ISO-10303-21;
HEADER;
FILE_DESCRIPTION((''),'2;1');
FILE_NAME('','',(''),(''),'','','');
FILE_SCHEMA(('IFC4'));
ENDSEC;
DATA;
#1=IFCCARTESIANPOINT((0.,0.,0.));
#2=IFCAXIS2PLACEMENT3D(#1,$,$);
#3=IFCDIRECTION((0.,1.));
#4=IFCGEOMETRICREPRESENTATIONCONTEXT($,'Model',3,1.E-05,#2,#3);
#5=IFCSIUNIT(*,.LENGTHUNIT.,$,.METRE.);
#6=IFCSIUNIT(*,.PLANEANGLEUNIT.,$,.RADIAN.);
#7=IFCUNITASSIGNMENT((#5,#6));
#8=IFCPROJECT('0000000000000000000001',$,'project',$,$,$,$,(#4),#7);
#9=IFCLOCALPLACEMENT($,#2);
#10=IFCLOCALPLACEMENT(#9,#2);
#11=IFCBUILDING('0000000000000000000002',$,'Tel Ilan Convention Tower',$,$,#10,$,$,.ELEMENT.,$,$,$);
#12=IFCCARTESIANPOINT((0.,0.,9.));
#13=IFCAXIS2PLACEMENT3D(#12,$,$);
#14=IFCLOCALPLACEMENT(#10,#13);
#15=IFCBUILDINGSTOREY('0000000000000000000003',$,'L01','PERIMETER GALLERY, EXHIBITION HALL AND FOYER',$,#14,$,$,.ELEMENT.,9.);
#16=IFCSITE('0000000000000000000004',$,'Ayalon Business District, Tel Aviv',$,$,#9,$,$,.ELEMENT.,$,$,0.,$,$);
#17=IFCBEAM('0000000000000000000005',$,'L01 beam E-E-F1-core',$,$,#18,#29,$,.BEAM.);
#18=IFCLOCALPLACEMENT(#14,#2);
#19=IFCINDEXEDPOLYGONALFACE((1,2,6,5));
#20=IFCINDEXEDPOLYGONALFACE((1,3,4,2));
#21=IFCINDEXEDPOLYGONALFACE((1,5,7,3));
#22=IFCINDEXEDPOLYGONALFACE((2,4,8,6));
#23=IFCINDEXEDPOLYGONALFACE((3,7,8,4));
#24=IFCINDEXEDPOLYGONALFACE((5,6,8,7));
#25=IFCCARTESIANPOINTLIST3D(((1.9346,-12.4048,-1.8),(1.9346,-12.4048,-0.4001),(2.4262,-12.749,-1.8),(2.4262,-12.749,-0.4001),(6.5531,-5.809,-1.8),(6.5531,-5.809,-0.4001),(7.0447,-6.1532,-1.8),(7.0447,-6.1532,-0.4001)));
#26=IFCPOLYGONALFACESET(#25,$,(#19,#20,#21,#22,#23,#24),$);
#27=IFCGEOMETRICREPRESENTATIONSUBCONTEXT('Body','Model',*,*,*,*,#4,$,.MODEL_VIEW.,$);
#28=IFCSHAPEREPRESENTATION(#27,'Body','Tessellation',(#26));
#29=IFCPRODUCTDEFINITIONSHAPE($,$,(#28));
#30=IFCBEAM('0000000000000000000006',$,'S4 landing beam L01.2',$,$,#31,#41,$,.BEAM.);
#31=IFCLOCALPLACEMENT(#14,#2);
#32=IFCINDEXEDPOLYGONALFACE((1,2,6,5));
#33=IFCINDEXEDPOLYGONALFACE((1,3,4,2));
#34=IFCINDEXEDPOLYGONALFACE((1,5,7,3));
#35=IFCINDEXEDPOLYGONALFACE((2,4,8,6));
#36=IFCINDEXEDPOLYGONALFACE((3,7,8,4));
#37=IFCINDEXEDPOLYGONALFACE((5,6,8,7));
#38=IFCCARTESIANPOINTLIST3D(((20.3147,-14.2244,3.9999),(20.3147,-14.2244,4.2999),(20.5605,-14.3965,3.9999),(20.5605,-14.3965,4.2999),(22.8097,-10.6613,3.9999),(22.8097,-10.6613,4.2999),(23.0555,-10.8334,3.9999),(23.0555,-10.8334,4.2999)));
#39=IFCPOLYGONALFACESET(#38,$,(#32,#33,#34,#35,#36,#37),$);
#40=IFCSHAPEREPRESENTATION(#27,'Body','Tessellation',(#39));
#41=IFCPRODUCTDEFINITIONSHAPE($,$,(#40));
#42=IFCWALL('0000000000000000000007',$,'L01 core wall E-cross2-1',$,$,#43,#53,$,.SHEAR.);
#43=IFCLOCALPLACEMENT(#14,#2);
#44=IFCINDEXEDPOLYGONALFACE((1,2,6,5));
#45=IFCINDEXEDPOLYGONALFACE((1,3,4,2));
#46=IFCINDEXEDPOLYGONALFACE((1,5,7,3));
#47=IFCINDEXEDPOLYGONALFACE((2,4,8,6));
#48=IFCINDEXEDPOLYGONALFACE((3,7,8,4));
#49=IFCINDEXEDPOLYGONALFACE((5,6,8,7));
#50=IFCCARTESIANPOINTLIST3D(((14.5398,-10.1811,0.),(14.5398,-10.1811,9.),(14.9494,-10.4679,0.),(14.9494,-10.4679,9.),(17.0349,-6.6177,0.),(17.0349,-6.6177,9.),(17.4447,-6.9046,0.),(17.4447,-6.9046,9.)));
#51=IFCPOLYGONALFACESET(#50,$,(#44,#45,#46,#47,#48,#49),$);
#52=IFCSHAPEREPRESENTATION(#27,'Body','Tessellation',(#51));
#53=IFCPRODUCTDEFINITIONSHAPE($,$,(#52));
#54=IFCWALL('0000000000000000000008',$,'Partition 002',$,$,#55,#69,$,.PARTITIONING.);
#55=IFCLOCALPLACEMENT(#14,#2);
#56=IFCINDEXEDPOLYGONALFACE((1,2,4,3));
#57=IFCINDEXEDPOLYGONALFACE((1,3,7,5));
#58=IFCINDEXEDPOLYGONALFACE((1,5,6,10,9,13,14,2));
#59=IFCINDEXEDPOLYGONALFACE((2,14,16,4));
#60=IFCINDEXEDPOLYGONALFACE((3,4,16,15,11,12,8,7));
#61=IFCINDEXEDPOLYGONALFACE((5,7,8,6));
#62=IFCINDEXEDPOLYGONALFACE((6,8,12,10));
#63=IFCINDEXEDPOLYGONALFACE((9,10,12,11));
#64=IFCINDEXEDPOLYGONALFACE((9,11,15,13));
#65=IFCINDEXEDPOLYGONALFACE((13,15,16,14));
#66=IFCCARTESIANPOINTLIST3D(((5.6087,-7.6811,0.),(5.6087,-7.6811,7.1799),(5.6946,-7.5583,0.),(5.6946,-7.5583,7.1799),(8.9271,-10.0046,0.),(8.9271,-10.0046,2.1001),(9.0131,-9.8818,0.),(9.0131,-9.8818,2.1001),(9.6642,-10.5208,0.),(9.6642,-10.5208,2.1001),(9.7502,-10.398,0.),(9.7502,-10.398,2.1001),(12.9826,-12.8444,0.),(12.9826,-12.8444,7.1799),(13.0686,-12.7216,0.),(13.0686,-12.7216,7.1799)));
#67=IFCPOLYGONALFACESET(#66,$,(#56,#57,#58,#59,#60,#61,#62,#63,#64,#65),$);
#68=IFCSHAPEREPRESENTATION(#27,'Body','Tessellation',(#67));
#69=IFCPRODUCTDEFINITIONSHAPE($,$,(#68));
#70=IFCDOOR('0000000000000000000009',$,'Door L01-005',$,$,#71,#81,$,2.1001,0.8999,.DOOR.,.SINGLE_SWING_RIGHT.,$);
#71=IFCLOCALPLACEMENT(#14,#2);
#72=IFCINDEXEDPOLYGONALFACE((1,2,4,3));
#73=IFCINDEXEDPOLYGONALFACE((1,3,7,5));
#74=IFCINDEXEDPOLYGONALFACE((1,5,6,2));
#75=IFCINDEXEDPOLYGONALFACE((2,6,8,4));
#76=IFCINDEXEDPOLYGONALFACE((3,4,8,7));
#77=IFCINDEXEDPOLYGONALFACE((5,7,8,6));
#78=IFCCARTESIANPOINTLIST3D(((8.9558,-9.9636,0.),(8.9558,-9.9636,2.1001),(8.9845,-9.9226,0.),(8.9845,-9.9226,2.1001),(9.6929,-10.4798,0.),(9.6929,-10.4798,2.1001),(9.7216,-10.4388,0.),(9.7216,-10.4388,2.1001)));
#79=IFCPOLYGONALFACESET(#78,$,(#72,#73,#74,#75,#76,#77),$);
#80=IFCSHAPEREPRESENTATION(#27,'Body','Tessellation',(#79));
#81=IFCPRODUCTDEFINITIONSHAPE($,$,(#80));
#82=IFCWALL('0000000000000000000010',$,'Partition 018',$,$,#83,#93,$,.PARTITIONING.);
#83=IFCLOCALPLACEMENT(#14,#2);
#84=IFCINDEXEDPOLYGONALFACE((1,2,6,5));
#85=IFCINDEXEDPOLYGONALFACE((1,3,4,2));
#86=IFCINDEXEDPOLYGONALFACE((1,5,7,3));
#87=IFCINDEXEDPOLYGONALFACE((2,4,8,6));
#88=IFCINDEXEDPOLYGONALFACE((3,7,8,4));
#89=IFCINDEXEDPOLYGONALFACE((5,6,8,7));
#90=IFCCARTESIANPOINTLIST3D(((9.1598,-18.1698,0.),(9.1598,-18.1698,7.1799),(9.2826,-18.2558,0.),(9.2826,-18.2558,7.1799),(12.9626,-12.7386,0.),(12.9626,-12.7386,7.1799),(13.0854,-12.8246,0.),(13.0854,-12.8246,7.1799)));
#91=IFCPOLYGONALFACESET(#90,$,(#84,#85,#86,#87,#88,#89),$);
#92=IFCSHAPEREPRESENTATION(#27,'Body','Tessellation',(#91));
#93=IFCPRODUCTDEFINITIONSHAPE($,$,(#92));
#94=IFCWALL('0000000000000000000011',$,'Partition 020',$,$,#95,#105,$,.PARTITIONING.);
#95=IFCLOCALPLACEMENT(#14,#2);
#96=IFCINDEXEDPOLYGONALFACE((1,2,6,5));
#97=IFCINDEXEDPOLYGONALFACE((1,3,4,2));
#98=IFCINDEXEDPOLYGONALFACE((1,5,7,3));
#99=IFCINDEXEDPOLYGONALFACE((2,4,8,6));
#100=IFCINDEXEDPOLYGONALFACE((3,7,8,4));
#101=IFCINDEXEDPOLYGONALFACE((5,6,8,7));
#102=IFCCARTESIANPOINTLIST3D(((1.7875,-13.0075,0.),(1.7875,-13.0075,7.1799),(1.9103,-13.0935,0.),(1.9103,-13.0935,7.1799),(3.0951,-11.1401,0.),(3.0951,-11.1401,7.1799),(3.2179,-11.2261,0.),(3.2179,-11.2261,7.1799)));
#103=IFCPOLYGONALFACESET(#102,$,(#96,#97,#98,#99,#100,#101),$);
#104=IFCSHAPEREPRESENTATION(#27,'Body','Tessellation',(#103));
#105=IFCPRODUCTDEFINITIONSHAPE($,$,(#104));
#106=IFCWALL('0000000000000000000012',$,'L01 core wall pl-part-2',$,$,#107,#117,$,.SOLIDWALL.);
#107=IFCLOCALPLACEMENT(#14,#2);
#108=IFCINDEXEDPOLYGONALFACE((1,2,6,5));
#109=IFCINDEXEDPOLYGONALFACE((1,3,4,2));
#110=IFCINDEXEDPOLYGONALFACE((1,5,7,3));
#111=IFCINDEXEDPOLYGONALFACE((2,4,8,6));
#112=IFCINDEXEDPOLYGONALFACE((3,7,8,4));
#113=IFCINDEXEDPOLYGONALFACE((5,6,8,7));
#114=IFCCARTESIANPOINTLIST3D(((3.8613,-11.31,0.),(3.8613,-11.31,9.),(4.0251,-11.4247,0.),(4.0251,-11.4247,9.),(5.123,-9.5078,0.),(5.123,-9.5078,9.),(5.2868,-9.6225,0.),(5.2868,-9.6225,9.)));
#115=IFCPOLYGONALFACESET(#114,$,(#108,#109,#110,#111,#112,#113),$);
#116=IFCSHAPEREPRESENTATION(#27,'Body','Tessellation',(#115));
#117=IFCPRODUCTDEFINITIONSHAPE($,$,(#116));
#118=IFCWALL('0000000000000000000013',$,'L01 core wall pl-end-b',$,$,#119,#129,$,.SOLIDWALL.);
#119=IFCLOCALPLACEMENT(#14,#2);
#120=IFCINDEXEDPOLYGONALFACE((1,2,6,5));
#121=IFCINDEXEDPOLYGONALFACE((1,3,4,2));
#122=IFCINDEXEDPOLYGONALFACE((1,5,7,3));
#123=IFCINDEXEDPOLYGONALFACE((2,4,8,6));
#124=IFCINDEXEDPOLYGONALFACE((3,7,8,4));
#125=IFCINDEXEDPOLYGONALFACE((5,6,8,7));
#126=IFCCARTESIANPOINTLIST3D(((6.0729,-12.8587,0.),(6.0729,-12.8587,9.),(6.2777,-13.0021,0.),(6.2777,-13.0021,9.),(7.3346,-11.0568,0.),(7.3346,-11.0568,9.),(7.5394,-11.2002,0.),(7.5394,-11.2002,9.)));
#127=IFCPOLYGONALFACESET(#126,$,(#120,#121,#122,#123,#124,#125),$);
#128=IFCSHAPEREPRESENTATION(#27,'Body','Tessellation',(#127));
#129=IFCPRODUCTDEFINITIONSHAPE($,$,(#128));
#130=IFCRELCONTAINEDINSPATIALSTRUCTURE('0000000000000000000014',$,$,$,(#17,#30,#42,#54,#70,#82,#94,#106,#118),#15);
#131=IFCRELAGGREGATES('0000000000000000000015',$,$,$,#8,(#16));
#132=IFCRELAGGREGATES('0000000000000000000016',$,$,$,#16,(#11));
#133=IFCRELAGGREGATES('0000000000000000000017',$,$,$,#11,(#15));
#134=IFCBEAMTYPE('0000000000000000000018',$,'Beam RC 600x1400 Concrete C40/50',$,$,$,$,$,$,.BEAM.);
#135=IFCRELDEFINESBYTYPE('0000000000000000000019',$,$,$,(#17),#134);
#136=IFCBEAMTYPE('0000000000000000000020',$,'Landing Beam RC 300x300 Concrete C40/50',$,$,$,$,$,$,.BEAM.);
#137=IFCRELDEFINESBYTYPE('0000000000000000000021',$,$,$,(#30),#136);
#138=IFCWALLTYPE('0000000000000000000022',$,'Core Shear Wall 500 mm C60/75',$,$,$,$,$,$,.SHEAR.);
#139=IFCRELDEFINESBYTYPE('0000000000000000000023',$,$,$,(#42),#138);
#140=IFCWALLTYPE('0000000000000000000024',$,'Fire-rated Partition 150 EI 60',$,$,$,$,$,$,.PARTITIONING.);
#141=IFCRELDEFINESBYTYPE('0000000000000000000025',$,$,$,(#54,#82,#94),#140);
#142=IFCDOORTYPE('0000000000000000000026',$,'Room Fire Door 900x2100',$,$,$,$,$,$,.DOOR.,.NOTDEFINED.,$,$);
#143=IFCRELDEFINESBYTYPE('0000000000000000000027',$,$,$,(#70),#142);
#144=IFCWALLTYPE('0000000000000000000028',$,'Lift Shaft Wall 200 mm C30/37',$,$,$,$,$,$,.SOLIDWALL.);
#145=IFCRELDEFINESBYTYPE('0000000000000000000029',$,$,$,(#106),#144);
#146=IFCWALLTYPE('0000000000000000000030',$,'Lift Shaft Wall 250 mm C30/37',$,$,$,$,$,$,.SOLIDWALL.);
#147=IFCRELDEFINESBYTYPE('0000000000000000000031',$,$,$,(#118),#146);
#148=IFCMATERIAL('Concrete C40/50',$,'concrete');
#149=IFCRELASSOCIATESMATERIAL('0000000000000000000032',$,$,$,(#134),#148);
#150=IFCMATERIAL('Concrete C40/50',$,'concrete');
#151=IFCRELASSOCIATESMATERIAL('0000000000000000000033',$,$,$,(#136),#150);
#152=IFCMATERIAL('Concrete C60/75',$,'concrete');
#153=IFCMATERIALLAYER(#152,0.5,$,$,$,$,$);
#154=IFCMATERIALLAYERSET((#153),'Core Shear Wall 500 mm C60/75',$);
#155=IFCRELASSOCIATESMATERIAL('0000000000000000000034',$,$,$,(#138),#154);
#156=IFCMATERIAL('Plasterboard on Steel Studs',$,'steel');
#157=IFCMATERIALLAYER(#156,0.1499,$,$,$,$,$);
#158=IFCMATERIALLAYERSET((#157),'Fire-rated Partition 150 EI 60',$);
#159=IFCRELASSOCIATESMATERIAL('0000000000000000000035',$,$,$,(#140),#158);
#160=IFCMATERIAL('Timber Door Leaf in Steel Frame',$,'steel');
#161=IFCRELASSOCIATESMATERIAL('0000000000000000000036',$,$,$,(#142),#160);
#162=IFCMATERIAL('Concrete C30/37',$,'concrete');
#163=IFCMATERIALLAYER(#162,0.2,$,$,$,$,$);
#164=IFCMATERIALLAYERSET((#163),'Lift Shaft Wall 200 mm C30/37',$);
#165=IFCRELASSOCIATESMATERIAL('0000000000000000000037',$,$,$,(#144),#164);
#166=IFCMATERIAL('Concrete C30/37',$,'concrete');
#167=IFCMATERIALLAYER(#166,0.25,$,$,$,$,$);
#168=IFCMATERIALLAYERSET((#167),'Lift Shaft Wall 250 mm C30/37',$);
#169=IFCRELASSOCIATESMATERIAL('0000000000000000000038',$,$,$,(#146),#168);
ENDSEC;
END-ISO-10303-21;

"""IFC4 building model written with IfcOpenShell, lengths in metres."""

from ifc_helpers import new_model, si_unit, direction, frame, frame_2d, origin, origin_2d, place, context, subcontext, project, spatial, polyline, rectangle, outline, extrude, material, layer, layer_set, material_profile, profile_set, type_object, element, fill, save


model = new_model("IFC4")

# Units and contexts
model_context = context("Model", 3, precision=1e-05, world=origin(), true_north=direction((0.0, 1.0)))
body_context = subcontext(model_context, "Body", "Model", "MODEL_VIEW")
ifc_project = project(units=[si_unit("LENGTHUNIT", "METRE"), si_unit("PLANEANGLEUNIT", "RADIAN")], contexts=[model_context])

# Site, building, storey
site_placement = place(None, origin())
site = spatial("IfcSite", under=ifc_project, at=site_placement, Name="Ayalon Business District, Tel Aviv", CompositionType="ELEMENT", RefElevation=0.0)
building_placement = place(site_placement, origin())
building = spatial("IfcBuilding", under=site, at=building_placement, Name="Tel Ilan Convention Tower", CompositionType="ELEMENT")
storey_placement = place(building_placement, frame((0.0, 0.0, 9.0)))
storey = spatial("IfcBuildingStorey", under=building, at=storey_placement, Name="L01", Description="PERIMETER GALLERY, EXHIBITION HALL AND FOYER", CompositionType="ELEMENT", Elevation=9.0)

# Beams
ifc_material_1 = material(Name="Concrete C40/50", Category="concrete")
ifc_material_profile_1 = material_profile(ifc_material_1, rectangle(XDim=0.6001, YDim=1.3999, at=origin_2d()), Name="RC 600x1400")
ifc_profile_set_1 = profile_set([ifc_material_profile_1], Name="Concrete C40/50")
beam_type_1 = type_object("IfcBeamType", Name="Beam RC 600x1400 Concrete C40/50", PredefinedType="BEAM", material=ifc_profile_set_1)
beam_1_placement = place(storey_placement, frame((2.1804, -12.5769, -1.1001), z_axis=(0.57358, 0.819149, 0.0), x_axis=(-0.819149, 0.57358, 0.0)))
element("IfcBeam", 1, at=beam_1_placement, inside=storey, type_object=beam_type_1, Name="L01 beam E-E-F1-core", PredefinedType="BEAM", context=body_context, shape_type="SweptSolid", body=[
    extrude(rectangle(XDim=0.6001, YDim=1.3999, at=origin_2d()), origin(), (0.0, 0.0, 1.0), 8.052),
])
ifc_material_2 = material(Name="Concrete C40/50", Category="concrete")
ifc_material_profile_2 = material_profile(ifc_material_2, rectangle(XDim=0.3, YDim=0.3, at=origin_2d()), Name="RC 300x300")
ifc_profile_set_2 = profile_set([ifc_material_profile_2], Name="Concrete C40/50")
beam_type_2 = type_object("IfcBeamType", Name="Landing Beam RC 300x300 Concrete C40/50", PredefinedType="BEAM", material=ifc_profile_set_2)
beam_2_placement = place(storey_placement, frame((22.9326, -10.7473, 4.1499), z_axis=(-0.573594, -0.81914, 0.0), x_axis=(0.81914, -0.573594, 0.0)))
element("IfcBeam", 2, at=beam_2_placement, inside=storey, type_object=beam_type_2, Name="S4 landing beam L01.2", PredefinedType="BEAM", context=body_context, shape_type="SweptSolid", body=[
    extrude(rectangle(XDim=0.3, YDim=0.3, at=origin_2d()), origin(), (0.0, 0.0, 1.0), 4.3499),
])

# Wall
ifc_material_3 = material(Name="Concrete C60/75", Category="concrete")
ifc_layer_1 = layer(ifc_material_3, 0.5)
ifc_layer_set_1 = layer_set([ifc_layer_1], Name="Core Shear Wall 500 mm C60/75")
wall_type_1 = type_object("IfcWallType", Name="Core Shear Wall 500 mm C60/75", PredefinedType="SHEAR", material=ifc_layer_set_1)
wall_1_placement = place(storey_placement, frame((14.7446, -10.3245, 0.0), z_axis=(0.0, 0.0, 1.0), x_axis=(0.573568, 0.819158, 0.0)))
element("IfcWall", 3, at=wall_1_placement, inside=storey, type_object=wall_type_1, Name="L01 core wall E-cross2-1", PredefinedType="SHEAR", context=body_context, shape_type="SweptSolid", body=[
    extrude(outline(polyline([(0.0, 0.25), (0.0, -0.25), (4.3501, -0.2502), (4.3501, 0.25), (0.0, 0.25)])), origin(), (0.0, 0.0, 1.0), 9.0),
])

# Wall, opening, door
ifc_material_4 = material(Name="Plasterboard on Steel Studs", Category="steel")
ifc_layer_2 = layer(ifc_material_4, 0.1499)
ifc_layer_set_2 = layer_set([ifc_layer_2], Name="Fire-rated Partition 150 EI 60")
wall_type_2 = type_object("IfcWallType", Name="Fire-rated Partition 150 EI 60", PredefinedType="PARTITIONING", material=ifc_layer_set_2)
wall_2_placement = place(storey_placement, frame((13.0256, -12.783, 0.0), z_axis=(0.0, 0.0, 1.0), x_axis=(-0.819153, 0.573575, 0.0)))
wall_2 = element("IfcWall", 4, at=wall_2_placement, inside=storey, type_object=wall_type_2, Name="Partition 002", PredefinedType="PARTITIONING", context=body_context, shape_type="SweptSolid", body=[
    extrude(rectangle(XDim=9.002, YDim=0.1499, at=frame_2d((4.501, 0.0))), origin(), (0.0, 0.0, 1.0), 7.1799),
])
opening_placement = place(wall_2_placement, frame((4.051, 0.0, 0.0)))
opening = element("IfcOpeningElement", 5, at=opening_placement, cuts=wall_2, PredefinedType="OPENING", context=body_context, shape_type="SweptSolid", body=[
    extrude(rectangle(XDim=0.8999, YDim=2.1001, at=frame_2d((0.45, 1.05))), frame((0.0, 0.085, 0.0), z_axis=(0.0, -1.0, 0.0), x_axis=(1.0, 0.0, 0.0)), (0.0, 0.0, 1.0), 0.1699),
])
ifc_material_5 = material(Name="Timber Door Leaf in Steel Frame", Category="steel")
door_type = type_object("IfcDoorType", Name="Room Fire Door 900x2100", OperationType="NOTDEFINED", PredefinedType="DOOR", material=ifc_material_5)
door_placement = place(opening_placement, origin())
door = element("IfcDoor", 6, at=door_placement, inside=storey, type_object=door_type, Name="Door L01-005", OperationType="SINGLE_SWING_RIGHT", OverallHeight=2.1001, OverallWidth=0.8999, PredefinedType="DOOR", context=body_context, shape_type="SweptSolid", body=[
    extrude(rectangle(XDim=0.8999, YDim=2.1001, at=frame_2d((0.45, 1.05))), frame((0.0, 0.0249, 0.0), z_axis=(0.0, -1.0, 0.0), x_axis=(1.0, 0.0, 0.0)), (0.0, 0.0, 1.0), 0.05),
])
fill(opening, door)

# Walls
wall_3_placement = place(storey_placement, frame((13.0239, -12.7817, 0.0), z_axis=(0.0, 0.0, 1.0), x_axis=(-0.573556, -0.819166, 0.0)))
element("IfcWall", 7, at=wall_3_placement, inside=storey, type_object=wall_type_2, Name="Partition 018", PredefinedType="PARTITIONING", context=body_context, shape_type="SweptSolid", body=[
    extrude(rectangle(XDim=6.6301, YDim=0.1499, at=frame_2d((3.3149, 0.0))), origin(), (0.0, 0.0, 1.0), 7.1799),
])
wall_4_placement = place(storey_placement, frame((1.8489, -13.0505, 0.0), z_axis=(0.0, 0.0, 1.0), x_axis=(0.573585, 0.819146, 0.0)))
element("IfcWall", 8, at=wall_4_placement, inside=storey, type_object=wall_type_2, Name="Partition 020", PredefinedType="PARTITIONING", context=body_context, shape_type="SweptSolid", body=[
    extrude(rectangle(XDim=2.2798, YDim=0.1499, at=frame_2d((1.1399, 0.0))), origin(), (0.0, 0.0, 1.0), 7.1799),
])
ifc_material_6 = material(Name="Concrete C30/37", Category="concrete")
ifc_layer_3 = layer(ifc_material_6, 0.2)
ifc_layer_set_3 = layer_set([ifc_layer_3], Name="Lift Shaft Wall 200 mm C30/37")
wall_type_3 = type_object("IfcWallType", Name="Lift Shaft Wall 200 mm C30/37", PredefinedType="SOLIDWALL", material=ifc_layer_set_3)
wall_5_placement = place(storey_placement, frame((3.9431, -11.3674, 0.0), z_axis=(0.0, 0.0, 1.0), x_axis=(0.573507, 0.819201, 0.0)))
element("IfcWall", 9, at=wall_5_placement, inside=storey, type_object=wall_type_3, Name="L01 core wall pl-part-2", PredefinedType="SOLIDWALL", context=body_context, shape_type="SweptSolid", body=[
    extrude(rectangle(XDim=2.2, YDim=0.2, at=frame_2d((1.1001, 0.0))), origin(), (0.0, 0.0, 1.0), 9.0),
])
ifc_material_7 = material(Name="Concrete C30/37", Category="concrete")
ifc_layer_4 = layer(ifc_material_7, 0.25)
ifc_layer_set_4 = layer_set([ifc_layer_4], Name="Lift Shaft Wall 250 mm C30/37")
wall_type_4 = type_object("IfcWallType", Name="Lift Shaft Wall 250 mm C30/37", PredefinedType="SOLIDWALL", material=ifc_layer_set_4)
wall_6_placement = place(storey_placement, frame((6.1753, -12.9304, 0.0), z_axis=(0.0, 0.0, 1.0), x_axis=(0.573559, 0.819164, 0.0)))
element("IfcWall", 10, at=wall_6_placement, inside=storey, type_object=wall_type_4, Name="L01 core wall pl-end-b", PredefinedType="SOLIDWALL", context=body_context, shape_type="SweptSolid", body=[
    extrude(rectangle(XDim=2.1997, YDim=0.25, at=frame_2d((1.0999, 0.0))), origin(), (0.0, 0.0, 1.0), 9.0),
])

save(model, "model.ifc")
